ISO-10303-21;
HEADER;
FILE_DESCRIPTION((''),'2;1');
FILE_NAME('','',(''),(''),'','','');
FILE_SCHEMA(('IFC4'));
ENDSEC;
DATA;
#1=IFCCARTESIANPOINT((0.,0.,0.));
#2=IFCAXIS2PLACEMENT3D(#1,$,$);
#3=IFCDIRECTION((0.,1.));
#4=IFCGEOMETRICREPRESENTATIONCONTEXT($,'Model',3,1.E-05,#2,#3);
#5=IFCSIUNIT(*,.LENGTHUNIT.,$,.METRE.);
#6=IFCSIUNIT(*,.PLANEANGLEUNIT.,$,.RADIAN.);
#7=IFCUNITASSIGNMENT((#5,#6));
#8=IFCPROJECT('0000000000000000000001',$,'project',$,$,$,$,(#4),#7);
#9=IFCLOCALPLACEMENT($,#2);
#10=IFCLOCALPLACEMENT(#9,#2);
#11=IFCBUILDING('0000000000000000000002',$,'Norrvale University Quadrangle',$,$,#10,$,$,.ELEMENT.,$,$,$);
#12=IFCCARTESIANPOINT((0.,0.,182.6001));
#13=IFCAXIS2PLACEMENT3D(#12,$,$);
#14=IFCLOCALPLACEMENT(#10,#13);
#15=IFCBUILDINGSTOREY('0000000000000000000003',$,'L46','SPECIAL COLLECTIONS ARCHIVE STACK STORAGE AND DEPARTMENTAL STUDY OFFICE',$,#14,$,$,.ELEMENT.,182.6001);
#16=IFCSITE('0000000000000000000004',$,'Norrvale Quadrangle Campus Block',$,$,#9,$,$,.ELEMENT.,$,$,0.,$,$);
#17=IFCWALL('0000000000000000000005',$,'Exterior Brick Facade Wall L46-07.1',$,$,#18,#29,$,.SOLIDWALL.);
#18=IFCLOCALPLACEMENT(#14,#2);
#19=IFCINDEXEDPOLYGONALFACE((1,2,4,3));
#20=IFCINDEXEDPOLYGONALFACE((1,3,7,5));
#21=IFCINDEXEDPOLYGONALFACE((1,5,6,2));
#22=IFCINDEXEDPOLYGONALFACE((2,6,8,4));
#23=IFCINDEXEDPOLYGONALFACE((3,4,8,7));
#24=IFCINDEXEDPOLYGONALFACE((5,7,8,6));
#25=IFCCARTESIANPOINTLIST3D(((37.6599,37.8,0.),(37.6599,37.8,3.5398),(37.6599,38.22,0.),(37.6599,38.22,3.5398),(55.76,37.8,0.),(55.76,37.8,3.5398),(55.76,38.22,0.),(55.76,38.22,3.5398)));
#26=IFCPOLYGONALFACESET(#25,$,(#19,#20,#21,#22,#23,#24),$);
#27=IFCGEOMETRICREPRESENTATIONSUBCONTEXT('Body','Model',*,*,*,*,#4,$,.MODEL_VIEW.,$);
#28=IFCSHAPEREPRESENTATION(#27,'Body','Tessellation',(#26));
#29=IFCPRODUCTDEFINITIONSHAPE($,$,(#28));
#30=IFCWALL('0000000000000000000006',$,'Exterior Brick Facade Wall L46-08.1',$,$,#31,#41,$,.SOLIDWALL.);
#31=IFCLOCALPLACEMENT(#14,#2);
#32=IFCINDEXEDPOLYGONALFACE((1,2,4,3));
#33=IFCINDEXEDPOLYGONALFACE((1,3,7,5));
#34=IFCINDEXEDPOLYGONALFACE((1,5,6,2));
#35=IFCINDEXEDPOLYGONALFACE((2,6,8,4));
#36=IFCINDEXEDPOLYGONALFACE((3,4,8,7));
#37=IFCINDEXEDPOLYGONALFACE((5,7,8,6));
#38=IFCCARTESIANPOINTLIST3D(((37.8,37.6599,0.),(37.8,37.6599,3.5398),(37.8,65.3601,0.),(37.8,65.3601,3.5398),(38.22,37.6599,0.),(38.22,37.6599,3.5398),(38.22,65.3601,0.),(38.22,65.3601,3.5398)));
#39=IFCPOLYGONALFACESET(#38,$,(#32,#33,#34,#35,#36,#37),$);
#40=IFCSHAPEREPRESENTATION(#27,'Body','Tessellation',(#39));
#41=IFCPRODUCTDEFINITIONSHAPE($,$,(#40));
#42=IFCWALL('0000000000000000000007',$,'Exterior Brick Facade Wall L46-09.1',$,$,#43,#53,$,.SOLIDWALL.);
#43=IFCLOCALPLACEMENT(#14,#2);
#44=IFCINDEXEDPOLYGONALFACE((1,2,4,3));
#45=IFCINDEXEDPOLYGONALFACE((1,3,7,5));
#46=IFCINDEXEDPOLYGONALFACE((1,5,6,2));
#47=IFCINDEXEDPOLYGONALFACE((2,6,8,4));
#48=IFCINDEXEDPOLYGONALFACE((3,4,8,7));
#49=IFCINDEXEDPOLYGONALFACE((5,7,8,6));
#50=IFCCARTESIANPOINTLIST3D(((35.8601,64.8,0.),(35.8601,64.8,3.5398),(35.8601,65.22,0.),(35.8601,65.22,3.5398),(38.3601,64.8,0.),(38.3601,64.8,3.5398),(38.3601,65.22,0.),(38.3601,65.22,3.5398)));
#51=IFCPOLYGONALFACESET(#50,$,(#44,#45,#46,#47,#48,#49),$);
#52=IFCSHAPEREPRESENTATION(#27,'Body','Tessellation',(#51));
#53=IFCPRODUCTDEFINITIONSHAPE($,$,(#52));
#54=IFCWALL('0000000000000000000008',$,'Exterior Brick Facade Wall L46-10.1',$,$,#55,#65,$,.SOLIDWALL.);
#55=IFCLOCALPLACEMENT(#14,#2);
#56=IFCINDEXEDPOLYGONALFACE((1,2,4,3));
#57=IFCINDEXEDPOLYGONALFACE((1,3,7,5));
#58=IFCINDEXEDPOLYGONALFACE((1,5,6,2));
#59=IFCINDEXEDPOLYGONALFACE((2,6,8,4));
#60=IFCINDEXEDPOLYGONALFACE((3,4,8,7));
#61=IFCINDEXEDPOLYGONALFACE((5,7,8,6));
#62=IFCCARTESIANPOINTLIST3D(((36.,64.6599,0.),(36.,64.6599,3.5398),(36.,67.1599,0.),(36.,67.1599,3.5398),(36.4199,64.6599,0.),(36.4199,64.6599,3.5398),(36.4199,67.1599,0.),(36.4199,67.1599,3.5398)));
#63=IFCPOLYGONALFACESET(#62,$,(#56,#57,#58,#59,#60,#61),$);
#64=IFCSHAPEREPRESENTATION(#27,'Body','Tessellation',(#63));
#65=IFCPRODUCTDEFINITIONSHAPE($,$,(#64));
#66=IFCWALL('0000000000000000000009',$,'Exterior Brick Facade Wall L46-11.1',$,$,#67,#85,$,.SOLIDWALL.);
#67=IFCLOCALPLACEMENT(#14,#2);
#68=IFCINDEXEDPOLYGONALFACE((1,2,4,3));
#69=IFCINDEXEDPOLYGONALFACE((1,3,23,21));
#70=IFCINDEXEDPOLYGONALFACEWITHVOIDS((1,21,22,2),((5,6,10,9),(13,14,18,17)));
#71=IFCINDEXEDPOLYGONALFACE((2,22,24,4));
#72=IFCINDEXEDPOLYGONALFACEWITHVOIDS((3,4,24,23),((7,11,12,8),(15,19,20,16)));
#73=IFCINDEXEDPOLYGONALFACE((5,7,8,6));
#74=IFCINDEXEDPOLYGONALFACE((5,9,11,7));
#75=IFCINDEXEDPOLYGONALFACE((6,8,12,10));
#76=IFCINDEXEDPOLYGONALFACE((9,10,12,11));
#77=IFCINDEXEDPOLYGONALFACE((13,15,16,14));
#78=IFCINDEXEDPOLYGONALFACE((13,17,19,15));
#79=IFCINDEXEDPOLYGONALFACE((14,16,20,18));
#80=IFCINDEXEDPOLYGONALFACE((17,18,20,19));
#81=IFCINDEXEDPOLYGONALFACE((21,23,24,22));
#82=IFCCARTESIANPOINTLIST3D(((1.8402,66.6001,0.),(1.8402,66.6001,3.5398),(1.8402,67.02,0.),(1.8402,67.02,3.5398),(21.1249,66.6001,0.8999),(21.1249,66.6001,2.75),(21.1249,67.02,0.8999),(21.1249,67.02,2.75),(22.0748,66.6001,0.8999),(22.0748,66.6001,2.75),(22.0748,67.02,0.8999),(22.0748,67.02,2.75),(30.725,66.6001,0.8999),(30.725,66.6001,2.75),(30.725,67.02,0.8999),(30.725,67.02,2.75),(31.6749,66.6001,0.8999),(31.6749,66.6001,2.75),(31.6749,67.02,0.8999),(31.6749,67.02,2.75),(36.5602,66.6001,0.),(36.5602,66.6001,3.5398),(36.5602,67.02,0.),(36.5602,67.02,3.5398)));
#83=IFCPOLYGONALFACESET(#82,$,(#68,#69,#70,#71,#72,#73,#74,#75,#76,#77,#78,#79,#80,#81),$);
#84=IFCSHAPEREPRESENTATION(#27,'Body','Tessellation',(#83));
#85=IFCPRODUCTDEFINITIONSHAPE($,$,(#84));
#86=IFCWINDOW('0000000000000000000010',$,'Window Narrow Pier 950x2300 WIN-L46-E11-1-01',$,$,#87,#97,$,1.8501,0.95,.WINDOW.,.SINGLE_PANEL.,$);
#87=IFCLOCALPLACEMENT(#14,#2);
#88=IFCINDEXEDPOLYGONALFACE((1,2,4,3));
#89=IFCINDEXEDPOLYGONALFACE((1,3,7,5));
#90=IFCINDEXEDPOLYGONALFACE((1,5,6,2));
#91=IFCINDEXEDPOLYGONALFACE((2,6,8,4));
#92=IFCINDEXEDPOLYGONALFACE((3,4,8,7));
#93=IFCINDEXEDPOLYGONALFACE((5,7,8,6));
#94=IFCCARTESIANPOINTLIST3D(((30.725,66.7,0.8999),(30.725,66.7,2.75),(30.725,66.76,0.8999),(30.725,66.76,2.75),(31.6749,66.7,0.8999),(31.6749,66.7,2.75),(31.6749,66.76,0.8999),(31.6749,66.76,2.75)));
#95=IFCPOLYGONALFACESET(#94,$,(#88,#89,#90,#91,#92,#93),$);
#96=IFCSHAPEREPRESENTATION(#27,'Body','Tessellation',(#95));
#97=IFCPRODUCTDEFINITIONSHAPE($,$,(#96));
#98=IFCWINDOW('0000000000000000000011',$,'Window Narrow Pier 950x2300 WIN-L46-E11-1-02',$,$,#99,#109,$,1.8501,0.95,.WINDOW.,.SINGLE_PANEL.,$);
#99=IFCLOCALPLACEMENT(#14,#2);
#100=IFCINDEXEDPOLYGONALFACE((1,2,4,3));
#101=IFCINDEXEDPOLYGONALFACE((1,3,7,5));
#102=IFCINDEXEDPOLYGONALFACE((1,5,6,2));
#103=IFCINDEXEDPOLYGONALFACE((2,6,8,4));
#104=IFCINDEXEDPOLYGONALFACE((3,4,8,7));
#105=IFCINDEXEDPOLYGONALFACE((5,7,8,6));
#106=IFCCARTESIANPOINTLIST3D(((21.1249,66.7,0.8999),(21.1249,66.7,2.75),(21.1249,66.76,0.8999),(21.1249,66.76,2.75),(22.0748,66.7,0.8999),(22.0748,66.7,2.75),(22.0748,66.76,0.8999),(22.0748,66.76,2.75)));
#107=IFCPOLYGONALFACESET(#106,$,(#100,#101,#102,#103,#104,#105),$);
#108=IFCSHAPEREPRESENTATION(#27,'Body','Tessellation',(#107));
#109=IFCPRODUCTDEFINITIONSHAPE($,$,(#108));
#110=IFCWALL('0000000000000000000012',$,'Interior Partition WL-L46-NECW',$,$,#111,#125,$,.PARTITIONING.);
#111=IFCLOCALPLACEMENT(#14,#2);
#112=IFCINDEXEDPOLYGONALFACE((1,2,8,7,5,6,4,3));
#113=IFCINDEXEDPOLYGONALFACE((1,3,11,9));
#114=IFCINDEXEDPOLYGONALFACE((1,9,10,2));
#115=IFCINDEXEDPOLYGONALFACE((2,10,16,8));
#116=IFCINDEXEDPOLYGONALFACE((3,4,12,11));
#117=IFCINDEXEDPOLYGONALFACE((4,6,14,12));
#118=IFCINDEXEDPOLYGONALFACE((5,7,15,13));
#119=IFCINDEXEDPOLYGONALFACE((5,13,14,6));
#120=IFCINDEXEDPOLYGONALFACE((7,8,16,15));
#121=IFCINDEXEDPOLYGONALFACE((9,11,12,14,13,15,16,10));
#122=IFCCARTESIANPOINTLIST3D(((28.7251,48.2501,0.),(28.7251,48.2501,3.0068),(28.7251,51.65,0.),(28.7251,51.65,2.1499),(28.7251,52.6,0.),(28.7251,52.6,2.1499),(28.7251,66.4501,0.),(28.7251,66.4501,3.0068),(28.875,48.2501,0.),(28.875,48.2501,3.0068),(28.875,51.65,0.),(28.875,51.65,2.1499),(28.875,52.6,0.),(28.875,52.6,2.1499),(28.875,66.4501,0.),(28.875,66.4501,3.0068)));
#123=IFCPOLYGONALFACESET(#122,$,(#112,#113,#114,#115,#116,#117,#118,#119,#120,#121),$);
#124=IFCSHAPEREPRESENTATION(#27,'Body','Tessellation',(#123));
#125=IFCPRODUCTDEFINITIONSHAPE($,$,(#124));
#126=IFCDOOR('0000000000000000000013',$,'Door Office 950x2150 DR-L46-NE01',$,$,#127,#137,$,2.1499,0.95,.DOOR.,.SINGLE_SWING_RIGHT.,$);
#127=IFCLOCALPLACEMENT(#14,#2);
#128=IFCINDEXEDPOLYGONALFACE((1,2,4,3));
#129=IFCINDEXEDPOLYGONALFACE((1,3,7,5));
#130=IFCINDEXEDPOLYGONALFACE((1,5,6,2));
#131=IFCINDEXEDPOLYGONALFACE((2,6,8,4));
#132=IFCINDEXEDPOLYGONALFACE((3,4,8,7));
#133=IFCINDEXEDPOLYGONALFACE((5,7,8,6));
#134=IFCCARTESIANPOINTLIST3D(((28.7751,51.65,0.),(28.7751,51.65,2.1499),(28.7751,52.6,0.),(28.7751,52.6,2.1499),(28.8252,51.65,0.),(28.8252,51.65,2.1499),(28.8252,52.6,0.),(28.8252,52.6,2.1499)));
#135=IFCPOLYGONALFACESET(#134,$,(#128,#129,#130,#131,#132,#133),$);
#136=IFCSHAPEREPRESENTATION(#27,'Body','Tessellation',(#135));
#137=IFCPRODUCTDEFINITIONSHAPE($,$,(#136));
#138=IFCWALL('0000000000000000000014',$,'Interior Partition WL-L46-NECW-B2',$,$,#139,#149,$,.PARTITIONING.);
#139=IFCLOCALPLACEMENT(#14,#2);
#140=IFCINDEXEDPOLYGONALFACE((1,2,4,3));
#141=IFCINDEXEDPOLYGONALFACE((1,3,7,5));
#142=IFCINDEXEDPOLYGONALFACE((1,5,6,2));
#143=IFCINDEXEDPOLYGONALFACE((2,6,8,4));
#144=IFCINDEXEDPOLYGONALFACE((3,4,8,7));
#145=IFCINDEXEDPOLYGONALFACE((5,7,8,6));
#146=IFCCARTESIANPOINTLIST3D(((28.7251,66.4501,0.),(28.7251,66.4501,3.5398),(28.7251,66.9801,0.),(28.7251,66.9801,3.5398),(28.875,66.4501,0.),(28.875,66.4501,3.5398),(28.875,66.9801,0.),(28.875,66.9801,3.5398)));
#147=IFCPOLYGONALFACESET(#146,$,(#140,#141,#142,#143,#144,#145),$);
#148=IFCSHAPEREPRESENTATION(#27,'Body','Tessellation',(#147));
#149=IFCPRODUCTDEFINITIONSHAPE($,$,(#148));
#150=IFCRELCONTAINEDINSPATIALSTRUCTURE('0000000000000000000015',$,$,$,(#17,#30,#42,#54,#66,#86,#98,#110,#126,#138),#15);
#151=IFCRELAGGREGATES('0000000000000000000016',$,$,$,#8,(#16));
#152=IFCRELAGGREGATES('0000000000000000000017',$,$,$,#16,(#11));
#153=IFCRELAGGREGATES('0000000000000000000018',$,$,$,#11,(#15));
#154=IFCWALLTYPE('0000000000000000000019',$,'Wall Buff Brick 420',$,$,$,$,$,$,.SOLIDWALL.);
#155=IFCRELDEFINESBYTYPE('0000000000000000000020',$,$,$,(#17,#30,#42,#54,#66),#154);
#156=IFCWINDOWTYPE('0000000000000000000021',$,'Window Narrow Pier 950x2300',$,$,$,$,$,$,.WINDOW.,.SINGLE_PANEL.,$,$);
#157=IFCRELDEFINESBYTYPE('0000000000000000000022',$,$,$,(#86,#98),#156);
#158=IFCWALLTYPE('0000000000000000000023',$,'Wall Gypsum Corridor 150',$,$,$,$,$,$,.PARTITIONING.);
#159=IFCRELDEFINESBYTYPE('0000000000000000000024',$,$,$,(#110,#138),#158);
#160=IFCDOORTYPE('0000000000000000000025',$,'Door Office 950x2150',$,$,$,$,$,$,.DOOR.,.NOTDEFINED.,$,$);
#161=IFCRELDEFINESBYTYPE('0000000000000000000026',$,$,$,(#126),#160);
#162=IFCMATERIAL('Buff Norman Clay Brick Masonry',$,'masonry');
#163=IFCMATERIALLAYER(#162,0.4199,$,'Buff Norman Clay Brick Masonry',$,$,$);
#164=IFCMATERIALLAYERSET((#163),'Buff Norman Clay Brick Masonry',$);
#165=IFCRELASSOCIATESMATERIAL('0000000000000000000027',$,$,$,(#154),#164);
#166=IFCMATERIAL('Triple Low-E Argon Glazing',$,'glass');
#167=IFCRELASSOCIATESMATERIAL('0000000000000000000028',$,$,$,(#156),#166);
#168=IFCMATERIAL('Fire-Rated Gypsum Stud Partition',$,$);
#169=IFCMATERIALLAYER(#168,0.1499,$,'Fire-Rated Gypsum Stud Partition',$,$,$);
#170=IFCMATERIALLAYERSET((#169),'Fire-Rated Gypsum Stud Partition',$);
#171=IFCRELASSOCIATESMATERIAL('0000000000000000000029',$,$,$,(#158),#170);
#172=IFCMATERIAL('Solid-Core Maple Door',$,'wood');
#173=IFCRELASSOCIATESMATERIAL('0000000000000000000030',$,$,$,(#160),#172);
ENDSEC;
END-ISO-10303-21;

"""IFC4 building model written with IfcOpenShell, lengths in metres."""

from ifc_helpers import new_model, si_unit, direction, frame, frame_2d, origin, place, context, subcontext, project, spatial, rectangle, extrude, material, layer, layer_set, type_object, element, fill, save


model = new_model("IFC4")

# Units and contexts
model_context = context("Model", 3, precision=1e-05, world=origin(), true_north=direction((0.0, 1.0)))
body_context = subcontext(model_context, "Body", "Model", "MODEL_VIEW")
ifc_project = project(units=[si_unit("LENGTHUNIT", "METRE"), si_unit("PLANEANGLEUNIT", "RADIAN")], contexts=[model_context])

# Site, building, storey
site_placement = place(None, origin())
site = spatial("IfcSite", under=ifc_project, at=site_placement, Name="Norrvale Quadrangle Campus Block", CompositionType="ELEMENT", RefElevation=0.0)
building_placement = place(site_placement, origin())
building = spatial("IfcBuilding", under=site, at=building_placement, Name="Norrvale University Quadrangle", CompositionType="ELEMENT")
storey_placement = place(building_placement, frame((0.0, 0.0, 182.6001)))
storey = spatial("IfcBuildingStorey", under=building, at=storey_placement, Name="L46", Description="SPECIAL COLLECTIONS ARCHIVE STACK STORAGE AND DEPARTMENTAL STUDY OFFICE", CompositionType="ELEMENT", Elevation=182.6001)

# Walls
ifc_material_1 = material(Name="Buff Norman Clay Brick Masonry", Category="masonry")
ifc_layer_1 = layer(ifc_material_1, 0.4199, Name="Buff Norman Clay Brick Masonry")
ifc_layer_set_1 = layer_set([ifc_layer_1], Name="Buff Norman Clay Brick Masonry")
wall_type_1 = type_object("IfcWallType", Name="Wall Buff Brick 420", PredefinedType="SOLIDWALL", material=ifc_layer_set_1)
wall_1_placement = place(storey_placement, frame((55.76, 38.01, 0.0), z_axis=(0.0, 0.0, 1.0), x_axis=(-1.0, 0.0, 0.0)))
element("IfcWall", 1, at=wall_1_placement, inside=storey, type_object=wall_type_1, Name="Exterior Brick Facade Wall L46-07.1", PredefinedType="SOLIDWALL", context=body_context, shape_type="SweptSolid", body=[
    extrude(rectangle(XDim=18.1001, YDim=0.4199, at=frame_2d((9.05, 0.0))), origin(), (0.0, 0.0, 1.0), 3.5398),
])
wall_2_placement = place(storey_placement, frame((38.01, 37.6599, 0.0), z_axis=(0.0, 0.0, 1.0), x_axis=(0.0, 1.0, 0.0)))
element("IfcWall", 2, at=wall_2_placement, inside=storey, type_object=wall_type_1, Name="Exterior Brick Facade Wall L46-08.1", PredefinedType="SOLIDWALL", context=body_context, shape_type="SweptSolid", body=[
    extrude(rectangle(XDim=27.7002, YDim=0.4199, at=frame_2d((13.8501, 0.0))), origin(), (0.0, 0.0, 1.0), 3.5398),
])
for number, where, z_axis, x_axis, name in (
    (3, (38.3601, 65.01, 0.0), (0.0, 0.0, 1.0), (-1.0, 0.0, 0.0), "Exterior Brick Facade Wall L46-09.1"),
    (4, (36.21, 64.6599, 0.0), (0.0, 0.0, 1.0), (0.0, 1.0, 0.0), "Exterior Brick Facade Wall L46-10.1"),
):
    element("IfcWall", number, at=place(storey_placement, frame(where, z_axis=z_axis, x_axis=x_axis)), inside=storey, type_object=wall_type_1, Name=name, PredefinedType="SOLIDWALL", context=body_context, shape_type="SweptSolid", body=[
        extrude(rectangle(XDim=2.5, YDim=0.4199, at=frame_2d((1.25, 0.0))), origin(), (0.0, 0.0, 1.0), 3.5398),
    ])

# Wall, openings, windows
wall_3_placement = place(storey_placement, frame((36.5601, 66.8101, 0.0), z_axis=(0.0, 0.0, 1.0), x_axis=(-1.0, 0.0, 0.0)))
wall_3 = element("IfcWall", 5, at=wall_3_placement, inside=storey, type_object=wall_type_1, Name="Exterior Brick Facade Wall L46-11.1", PredefinedType="SOLIDWALL", context=body_context, shape_type="SweptSolid", body=[
    extrude(rectangle(XDim=34.72, YDim=0.4199, at=frame_2d((17.3599, 0.0))), origin(), (0.0, 0.0, 1.0), 3.5398),
])
opening_1_placement = place(wall_3_placement, frame((4.885, 0.0, 0.8999)))
opening_1 = element("IfcOpeningElement", 6, at=opening_1_placement, cuts=wall_3, PredefinedType="OPENING", context=body_context, shape_type="SweptSolid", body=[
    extrude(rectangle(XDim=0.95, YDim=1.8501, at=frame_2d((0.4751, 0.925))), frame((0.0, 0.2219, 0.0), z_axis=(0.0, -1.0, 0.0), x_axis=(1.0, 0.0, 0.0)), (0.0, 0.0, 1.0), 0.4438),
])
opening_2_placement = place(wall_3_placement, frame((14.4851, 0.0, 0.8999)))
opening_2 = element("IfcOpeningElement", 7, at=opening_2_placement, cuts=wall_3, PredefinedType="OPENING", context=body_context, shape_type="SweptSolid", body=[
    extrude(rectangle(XDim=0.95, YDim=1.8501, at=frame_2d((0.4751, 0.925))), frame((0.0, 0.2219, 0.0), z_axis=(0.0, -1.0, 0.0), x_axis=(1.0, 0.0, 0.0)), (0.0, 0.0, 1.0), 0.4438),
])
ifc_material_2 = material(Name="Triple Low-E Argon Glazing", Category="glass")
window_type = type_object("IfcWindowType", Name="Window Narrow Pier 950x2300", PartitioningType="SINGLE_PANEL", PredefinedType="WINDOW", material=ifc_material_2)
window_1_placement = place(opening_1_placement, origin())
window_1 = element("IfcWindow", 8, at=window_1_placement, inside=storey, type_object=window_type, Name="Window Narrow Pier 950x2300 WIN-L46-E11-1-01", OverallHeight=1.8501, OverallWidth=0.95, PartitioningType="SINGLE_PANEL", PredefinedType="WINDOW", context=body_context, shape_type="SweptSolid", body=[
    extrude(rectangle(XDim=0.95, YDim=1.8501, at=frame_2d((0.4751, 0.925))), frame((0.0, 0.1101, 0.0), z_axis=(0.0, -1.0, 0.0), x_axis=(1.0, 0.0, 0.0)), (0.0, 0.0, 1.0), 0.0601),
])
fill(opening_1, window_1)
window_2_placement = place(opening_2_placement, origin())
window_2 = element("IfcWindow", 9, at=window_2_placement, inside=storey, type_object=window_type, Name="Window Narrow Pier 950x2300 WIN-L46-E11-1-02", OverallHeight=1.8501, OverallWidth=0.95, PartitioningType="SINGLE_PANEL", PredefinedType="WINDOW", context=body_context, shape_type="SweptSolid", body=[
    extrude(rectangle(XDim=0.95, YDim=1.8501, at=frame_2d((0.4751, 0.925))), frame((0.0, 0.1101, 0.0), z_axis=(0.0, -1.0, 0.0), x_axis=(1.0, 0.0, 0.0)), (0.0, 0.0, 1.0), 0.0601),
])
fill(opening_2, window_2)

# Wall, opening, door
ifc_material_3 = material(Name="Fire-Rated Gypsum Stud Partition")
ifc_layer_2 = layer(ifc_material_3, 0.1499, Name="Fire-Rated Gypsum Stud Partition")
ifc_layer_set_2 = layer_set([ifc_layer_2], Name="Fire-Rated Gypsum Stud Partition")
wall_type_2 = type_object("IfcWallType", Name="Wall Gypsum Corridor 150", PredefinedType="PARTITIONING", material=ifc_layer_set_2)
wall_4_placement = place(storey_placement, frame((28.8, 48.25, 0.0), z_axis=(0.0, 0.0, 1.0), x_axis=(0.0, 1.0, 0.0)))
wall_4 = element("IfcWall", 10, at=wall_4_placement, inside=storey, type_object=wall_type_2, Name="Interior Partition WL-L46-NECW", PredefinedType="PARTITIONING", context=body_context, shape_type="SweptSolid", body=[
    extrude(rectangle(XDim=18.2, YDim=0.1499, at=frame_2d((9.1001, 0.0))), origin(), (0.0, 0.0, 1.0), 3.0068),
])
opening_3_placement = place(wall_4_placement, frame((3.3999, 0.0, 0.0)))
opening_3 = element("IfcOpeningElement", 11, at=opening_3_placement, cuts=wall_4, PredefinedType="OPENING", context=body_context, shape_type="SweptSolid", body=[
    extrude(rectangle(XDim=0.95, YDim=2.1499, at=frame_2d((0.4751, 1.075))), frame((0.0, 0.0869, 0.0), z_axis=(0.0, -1.0, 0.0), x_axis=(1.0, 0.0, 0.0)), (0.0, 0.0, 1.0), 0.1738),
])
ifc_material_4 = material(Name="Solid-Core Maple Door", Category="wood")
door_type = type_object("IfcDoorType", Name="Door Office 950x2150", OperationType="NOTDEFINED", PredefinedType="DOOR", material=ifc_material_4)
door_placement = place(opening_3_placement, origin())
door = element("IfcDoor", 12, at=door_placement, inside=storey, type_object=door_type, Name="Door Office 950x2150 DR-L46-NE01", OperationType="SINGLE_SWING_RIGHT", OverallHeight=2.1499, OverallWidth=0.95, PredefinedType="DOOR", context=body_context, shape_type="SweptSolid", body=[
    extrude(rectangle(XDim=0.95, YDim=2.1499, at=frame_2d((0.4751, 1.075))), frame((0.0, 0.0249, 0.0), z_axis=(0.0, -1.0, 0.0), x_axis=(1.0, 0.0, 0.0)), (0.0, 0.0, 1.0), 0.05),
])
fill(opening_3, door)

# Wall
wall_5_placement = place(storey_placement, frame((28.8, 66.45, 0.0), z_axis=(0.0, 0.0, 1.0), x_axis=(0.0, 1.0, 0.0)))
element("IfcWall", 13, at=wall_5_placement, inside=storey, type_object=wall_type_2, Name="Interior Partition WL-L46-NECW-B2", PredefinedType="PARTITIONING", context=body_context, shape_type="SweptSolid", body=[
    extrude(rectangle(XDim=0.53, YDim=0.1499, at=frame_2d((0.2651, 0.0))), origin(), (0.0, 0.0, 1.0), 3.5398),
])

save(model, "model.ifc")
